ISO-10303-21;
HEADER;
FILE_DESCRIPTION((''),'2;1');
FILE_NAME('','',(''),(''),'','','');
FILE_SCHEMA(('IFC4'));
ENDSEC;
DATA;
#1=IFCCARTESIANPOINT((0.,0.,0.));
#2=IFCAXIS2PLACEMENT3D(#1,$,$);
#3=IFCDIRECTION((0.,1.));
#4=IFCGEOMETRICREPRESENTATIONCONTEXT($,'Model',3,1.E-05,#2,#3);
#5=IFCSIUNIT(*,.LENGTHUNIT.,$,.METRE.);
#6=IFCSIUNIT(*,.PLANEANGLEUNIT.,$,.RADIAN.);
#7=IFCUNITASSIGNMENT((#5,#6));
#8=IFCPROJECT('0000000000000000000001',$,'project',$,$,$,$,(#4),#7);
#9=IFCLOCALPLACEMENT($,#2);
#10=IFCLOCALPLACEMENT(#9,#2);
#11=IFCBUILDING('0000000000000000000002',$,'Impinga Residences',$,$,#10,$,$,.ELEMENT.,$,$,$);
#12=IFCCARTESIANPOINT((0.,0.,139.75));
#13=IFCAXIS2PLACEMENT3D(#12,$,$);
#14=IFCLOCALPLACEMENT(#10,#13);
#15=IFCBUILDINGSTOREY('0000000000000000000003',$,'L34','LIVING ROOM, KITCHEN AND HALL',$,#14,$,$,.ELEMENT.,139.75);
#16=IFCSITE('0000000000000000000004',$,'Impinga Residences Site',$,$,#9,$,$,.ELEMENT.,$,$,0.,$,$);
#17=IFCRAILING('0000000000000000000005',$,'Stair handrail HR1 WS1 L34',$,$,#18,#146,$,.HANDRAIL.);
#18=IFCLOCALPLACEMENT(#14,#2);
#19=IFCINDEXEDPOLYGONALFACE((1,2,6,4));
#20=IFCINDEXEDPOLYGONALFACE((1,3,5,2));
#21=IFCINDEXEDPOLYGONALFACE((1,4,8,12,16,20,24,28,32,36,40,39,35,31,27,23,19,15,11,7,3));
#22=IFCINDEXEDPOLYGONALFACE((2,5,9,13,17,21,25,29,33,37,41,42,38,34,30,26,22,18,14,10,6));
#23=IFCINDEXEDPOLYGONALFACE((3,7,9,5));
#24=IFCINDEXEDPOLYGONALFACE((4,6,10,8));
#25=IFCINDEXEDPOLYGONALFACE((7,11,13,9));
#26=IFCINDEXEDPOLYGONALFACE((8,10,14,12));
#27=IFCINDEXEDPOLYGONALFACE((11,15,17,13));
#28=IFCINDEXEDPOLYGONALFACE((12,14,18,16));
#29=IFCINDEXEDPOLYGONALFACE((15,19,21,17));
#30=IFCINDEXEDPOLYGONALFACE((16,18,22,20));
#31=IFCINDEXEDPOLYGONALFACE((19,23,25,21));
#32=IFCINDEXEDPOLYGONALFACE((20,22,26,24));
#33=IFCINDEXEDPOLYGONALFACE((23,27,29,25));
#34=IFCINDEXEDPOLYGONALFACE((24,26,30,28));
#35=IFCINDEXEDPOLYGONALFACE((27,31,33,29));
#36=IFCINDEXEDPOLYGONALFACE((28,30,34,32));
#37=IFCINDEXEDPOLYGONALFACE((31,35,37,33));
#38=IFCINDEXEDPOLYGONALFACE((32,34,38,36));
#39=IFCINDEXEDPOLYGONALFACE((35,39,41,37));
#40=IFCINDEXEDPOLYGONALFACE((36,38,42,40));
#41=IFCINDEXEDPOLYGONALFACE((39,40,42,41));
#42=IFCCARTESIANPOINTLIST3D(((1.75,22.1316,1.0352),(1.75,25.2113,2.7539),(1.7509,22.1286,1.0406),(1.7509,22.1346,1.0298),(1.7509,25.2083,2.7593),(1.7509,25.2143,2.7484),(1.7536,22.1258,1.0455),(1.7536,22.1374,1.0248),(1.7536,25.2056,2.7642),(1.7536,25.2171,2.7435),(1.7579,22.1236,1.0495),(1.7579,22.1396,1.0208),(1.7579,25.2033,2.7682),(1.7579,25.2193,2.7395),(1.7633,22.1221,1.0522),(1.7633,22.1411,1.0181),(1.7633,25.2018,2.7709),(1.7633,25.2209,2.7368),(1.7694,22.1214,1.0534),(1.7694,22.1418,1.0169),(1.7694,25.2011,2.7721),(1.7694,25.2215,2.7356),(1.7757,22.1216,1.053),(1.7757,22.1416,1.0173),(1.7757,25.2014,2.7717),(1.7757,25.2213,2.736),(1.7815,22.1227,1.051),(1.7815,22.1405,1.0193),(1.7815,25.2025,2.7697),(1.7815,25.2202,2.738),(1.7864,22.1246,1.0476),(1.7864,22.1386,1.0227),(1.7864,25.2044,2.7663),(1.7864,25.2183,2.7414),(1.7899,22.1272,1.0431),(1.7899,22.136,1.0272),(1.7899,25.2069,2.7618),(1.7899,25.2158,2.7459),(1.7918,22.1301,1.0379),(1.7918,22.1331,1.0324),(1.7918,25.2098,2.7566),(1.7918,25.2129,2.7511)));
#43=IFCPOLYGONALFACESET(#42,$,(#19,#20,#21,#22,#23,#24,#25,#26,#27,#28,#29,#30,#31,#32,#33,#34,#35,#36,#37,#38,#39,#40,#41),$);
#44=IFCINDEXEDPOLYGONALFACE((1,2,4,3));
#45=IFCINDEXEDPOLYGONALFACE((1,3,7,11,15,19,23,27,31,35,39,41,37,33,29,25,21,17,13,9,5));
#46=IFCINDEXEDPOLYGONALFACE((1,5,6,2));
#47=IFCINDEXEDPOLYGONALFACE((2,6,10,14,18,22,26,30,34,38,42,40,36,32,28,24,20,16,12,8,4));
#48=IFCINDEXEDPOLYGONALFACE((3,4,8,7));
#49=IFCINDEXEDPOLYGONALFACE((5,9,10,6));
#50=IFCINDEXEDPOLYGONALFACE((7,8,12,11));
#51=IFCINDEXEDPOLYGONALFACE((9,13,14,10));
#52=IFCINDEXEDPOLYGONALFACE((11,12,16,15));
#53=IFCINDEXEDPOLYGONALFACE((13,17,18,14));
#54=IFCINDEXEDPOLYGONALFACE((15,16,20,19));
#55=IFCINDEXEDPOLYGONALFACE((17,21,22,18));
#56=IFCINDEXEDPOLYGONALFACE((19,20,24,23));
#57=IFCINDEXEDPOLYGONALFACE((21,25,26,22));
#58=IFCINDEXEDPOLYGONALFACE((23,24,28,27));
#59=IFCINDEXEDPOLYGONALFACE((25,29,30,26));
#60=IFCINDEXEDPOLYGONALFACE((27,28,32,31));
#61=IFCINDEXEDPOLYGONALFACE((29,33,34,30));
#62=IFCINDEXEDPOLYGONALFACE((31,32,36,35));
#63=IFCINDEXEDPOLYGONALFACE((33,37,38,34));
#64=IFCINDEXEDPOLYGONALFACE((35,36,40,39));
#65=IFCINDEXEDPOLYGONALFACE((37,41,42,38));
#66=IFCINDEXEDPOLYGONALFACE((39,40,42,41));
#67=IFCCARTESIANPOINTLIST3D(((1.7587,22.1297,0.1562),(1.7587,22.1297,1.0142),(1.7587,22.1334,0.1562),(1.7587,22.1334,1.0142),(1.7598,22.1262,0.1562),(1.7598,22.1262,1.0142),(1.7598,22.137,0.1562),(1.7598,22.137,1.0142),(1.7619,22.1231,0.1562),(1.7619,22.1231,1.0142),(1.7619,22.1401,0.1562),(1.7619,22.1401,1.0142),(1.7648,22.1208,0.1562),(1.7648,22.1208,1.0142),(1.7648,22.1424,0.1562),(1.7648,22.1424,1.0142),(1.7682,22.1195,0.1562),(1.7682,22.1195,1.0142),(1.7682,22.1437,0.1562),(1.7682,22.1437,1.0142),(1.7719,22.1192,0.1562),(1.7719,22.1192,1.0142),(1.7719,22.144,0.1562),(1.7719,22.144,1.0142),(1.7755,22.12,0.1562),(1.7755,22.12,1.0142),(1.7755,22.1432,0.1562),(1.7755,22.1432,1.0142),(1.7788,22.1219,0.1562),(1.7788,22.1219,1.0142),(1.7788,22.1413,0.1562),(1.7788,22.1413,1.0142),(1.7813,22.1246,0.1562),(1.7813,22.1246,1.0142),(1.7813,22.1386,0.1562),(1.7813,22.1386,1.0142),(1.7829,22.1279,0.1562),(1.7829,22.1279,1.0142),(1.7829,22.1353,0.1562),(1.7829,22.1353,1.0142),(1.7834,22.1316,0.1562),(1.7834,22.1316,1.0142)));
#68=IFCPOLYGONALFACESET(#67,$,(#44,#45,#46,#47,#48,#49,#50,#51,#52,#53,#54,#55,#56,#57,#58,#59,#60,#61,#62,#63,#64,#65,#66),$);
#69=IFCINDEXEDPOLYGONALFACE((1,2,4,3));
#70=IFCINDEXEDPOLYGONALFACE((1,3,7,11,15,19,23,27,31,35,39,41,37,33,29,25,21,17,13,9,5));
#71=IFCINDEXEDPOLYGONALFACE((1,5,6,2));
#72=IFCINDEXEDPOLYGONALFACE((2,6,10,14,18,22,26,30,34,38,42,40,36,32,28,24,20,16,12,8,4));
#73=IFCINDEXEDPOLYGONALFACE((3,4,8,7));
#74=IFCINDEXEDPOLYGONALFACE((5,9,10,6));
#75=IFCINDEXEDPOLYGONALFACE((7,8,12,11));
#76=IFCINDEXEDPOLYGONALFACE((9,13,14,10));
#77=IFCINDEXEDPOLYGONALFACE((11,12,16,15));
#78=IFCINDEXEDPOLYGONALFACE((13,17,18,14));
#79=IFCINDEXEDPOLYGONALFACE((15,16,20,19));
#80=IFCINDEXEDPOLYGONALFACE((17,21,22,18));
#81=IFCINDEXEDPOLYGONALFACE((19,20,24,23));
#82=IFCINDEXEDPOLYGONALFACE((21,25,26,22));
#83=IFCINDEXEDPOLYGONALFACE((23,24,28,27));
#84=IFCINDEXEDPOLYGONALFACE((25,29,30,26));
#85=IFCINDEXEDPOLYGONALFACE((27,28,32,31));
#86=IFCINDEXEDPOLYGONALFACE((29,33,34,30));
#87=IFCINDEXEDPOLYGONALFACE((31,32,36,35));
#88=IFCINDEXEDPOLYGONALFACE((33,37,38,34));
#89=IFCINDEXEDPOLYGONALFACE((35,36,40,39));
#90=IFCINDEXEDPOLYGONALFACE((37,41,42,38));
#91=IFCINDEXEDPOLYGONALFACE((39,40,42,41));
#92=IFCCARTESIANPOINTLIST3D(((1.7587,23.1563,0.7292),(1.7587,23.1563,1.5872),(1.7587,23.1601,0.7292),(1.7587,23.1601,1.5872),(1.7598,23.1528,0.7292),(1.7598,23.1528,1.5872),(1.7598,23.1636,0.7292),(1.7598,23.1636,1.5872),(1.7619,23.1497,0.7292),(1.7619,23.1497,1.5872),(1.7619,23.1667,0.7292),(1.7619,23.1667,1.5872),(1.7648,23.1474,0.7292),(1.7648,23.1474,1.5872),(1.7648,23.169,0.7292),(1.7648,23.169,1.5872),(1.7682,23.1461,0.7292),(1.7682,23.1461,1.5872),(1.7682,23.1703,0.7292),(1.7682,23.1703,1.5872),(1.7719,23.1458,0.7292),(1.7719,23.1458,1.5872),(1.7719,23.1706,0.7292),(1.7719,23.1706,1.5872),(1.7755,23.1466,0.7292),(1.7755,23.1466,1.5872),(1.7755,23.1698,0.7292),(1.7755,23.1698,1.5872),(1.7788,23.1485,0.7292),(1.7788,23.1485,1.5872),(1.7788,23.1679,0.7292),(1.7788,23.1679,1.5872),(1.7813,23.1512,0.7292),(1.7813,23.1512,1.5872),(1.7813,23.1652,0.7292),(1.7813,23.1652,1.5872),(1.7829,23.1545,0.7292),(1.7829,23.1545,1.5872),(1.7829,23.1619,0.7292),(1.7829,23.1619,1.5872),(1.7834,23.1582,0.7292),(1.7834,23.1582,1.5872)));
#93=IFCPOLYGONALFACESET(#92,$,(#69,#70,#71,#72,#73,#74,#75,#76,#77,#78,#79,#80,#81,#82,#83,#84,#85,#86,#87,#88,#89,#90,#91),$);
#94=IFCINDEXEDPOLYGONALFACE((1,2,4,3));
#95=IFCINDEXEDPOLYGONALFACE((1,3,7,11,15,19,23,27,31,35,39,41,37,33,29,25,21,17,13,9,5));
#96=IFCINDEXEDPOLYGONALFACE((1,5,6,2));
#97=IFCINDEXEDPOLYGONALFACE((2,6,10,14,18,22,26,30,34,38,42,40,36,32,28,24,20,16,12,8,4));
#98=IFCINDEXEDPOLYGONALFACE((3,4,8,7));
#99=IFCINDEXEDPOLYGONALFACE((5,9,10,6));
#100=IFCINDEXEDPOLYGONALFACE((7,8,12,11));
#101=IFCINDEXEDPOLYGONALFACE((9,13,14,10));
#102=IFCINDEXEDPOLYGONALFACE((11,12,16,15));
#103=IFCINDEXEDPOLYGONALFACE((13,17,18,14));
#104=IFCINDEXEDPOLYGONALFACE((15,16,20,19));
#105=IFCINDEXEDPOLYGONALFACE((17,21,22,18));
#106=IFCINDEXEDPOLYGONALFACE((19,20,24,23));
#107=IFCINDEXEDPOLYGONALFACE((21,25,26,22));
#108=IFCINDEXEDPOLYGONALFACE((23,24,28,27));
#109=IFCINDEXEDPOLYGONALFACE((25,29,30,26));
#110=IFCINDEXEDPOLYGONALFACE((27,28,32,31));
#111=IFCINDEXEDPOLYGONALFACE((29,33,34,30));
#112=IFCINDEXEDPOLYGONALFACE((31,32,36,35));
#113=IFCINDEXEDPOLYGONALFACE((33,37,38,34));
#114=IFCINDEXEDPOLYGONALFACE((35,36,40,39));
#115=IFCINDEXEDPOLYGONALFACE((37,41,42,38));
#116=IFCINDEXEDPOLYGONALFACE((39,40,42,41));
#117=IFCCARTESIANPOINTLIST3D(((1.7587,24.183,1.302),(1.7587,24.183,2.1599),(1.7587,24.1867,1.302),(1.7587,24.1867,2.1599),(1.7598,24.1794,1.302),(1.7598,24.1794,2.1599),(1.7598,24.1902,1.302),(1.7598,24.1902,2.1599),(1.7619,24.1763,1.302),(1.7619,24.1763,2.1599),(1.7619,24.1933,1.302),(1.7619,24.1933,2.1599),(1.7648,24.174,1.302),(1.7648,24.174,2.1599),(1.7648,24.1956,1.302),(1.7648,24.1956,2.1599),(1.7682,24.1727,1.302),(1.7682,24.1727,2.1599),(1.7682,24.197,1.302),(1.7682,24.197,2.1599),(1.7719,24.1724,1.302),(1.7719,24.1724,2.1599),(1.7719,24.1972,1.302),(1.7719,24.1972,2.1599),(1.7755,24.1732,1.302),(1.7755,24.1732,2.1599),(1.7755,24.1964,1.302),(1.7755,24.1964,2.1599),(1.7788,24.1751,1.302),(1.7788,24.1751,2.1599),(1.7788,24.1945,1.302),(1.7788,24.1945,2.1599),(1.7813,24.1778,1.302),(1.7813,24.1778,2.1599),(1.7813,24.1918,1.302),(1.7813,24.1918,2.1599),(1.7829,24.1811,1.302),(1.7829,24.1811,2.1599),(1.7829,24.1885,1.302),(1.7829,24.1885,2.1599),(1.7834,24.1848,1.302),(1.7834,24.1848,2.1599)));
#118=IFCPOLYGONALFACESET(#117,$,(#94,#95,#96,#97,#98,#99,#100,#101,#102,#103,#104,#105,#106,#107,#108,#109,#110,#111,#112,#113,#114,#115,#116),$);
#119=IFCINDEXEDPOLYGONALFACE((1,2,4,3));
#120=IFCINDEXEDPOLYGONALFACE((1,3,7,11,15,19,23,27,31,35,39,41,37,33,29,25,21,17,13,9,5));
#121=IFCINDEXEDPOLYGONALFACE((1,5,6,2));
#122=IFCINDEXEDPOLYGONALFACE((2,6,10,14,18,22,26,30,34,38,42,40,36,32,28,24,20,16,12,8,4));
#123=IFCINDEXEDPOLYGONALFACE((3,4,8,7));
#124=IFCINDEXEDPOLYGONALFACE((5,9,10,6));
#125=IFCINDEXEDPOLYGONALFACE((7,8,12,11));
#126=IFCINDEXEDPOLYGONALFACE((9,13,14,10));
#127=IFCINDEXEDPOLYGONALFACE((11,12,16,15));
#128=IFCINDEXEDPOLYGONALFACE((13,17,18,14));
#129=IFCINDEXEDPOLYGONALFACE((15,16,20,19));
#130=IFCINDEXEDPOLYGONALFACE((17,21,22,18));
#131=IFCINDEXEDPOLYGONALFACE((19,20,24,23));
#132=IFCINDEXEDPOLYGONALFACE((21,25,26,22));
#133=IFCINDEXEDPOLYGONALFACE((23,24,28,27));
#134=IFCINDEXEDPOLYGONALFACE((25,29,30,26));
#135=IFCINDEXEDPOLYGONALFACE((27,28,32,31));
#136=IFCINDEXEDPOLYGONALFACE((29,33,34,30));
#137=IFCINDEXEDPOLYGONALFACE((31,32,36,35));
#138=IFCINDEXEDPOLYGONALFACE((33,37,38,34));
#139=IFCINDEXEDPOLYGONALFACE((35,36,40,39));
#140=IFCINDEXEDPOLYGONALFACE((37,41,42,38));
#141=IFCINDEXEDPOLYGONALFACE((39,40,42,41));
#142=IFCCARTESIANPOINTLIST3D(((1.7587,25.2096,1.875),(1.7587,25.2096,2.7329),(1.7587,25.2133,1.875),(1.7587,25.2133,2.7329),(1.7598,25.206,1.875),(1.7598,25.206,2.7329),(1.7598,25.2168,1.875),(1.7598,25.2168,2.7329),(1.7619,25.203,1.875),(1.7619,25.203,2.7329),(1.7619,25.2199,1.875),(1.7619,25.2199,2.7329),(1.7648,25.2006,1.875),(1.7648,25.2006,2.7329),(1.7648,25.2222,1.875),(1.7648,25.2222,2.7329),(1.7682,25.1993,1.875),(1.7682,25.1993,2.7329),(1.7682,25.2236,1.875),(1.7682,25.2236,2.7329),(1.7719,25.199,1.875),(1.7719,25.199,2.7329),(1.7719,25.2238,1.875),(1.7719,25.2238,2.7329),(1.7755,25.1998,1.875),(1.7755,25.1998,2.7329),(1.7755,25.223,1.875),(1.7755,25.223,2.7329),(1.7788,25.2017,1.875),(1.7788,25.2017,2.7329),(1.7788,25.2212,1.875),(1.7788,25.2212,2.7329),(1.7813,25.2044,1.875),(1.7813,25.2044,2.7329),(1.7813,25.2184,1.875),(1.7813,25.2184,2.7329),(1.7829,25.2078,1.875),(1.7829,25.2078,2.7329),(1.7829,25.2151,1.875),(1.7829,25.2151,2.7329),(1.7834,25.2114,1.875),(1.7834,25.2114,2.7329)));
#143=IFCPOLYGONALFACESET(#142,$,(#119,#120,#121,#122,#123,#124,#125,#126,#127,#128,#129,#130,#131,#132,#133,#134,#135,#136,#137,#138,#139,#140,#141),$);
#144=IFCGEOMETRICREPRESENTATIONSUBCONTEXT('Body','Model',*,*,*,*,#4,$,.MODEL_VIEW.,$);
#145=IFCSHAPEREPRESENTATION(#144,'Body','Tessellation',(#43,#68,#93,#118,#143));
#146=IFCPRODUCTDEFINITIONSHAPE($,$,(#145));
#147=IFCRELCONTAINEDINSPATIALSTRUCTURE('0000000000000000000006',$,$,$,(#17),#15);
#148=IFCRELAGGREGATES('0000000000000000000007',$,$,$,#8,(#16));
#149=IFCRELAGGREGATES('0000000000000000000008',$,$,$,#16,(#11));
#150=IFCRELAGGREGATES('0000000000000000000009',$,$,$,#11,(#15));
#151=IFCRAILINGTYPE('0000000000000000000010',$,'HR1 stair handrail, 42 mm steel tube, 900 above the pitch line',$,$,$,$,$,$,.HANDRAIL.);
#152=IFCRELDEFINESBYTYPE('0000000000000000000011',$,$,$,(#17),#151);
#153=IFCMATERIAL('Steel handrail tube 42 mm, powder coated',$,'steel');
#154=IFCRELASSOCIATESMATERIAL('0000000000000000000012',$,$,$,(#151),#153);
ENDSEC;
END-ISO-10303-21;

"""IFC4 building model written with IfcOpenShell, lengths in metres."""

from ifc_helpers import new_model, si_unit, direction, frame, origin, origin_2d, place, context, subcontext, project, spatial, circle, extrude, material, type_object, element, save


model = new_model("IFC4")

# Units and contexts
model_context = context("Model", 3, precision=1e-05, world=origin(), true_north=direction((0.0, 1.0)))
body_context = subcontext(model_context, "Body", "Model", "MODEL_VIEW")
ifc_project = project(units=[si_unit("LENGTHUNIT", "METRE"), si_unit("PLANEANGLEUNIT", "RADIAN")], contexts=[model_context])

# Site, building, storey
site_placement = place(None, origin())
site = spatial("IfcSite", under=ifc_project, at=site_placement, Name="Impinga Residences Site", CompositionType="ELEMENT", RefElevation=0.0)
building_placement = place(site_placement, origin())
building = spatial("IfcBuilding", under=site, at=building_placement, Name="Impinga Residences", CompositionType="ELEMENT")
storey_placement = place(building_placement, frame((0.0, 0.0, 139.75)))
storey = spatial("IfcBuildingStorey", under=building, at=storey_placement, Name="L34", Description="LIVING ROOM, KITCHEN AND HALL", CompositionType="ELEMENT", Elevation=139.75)

# Railing
ifc_material_1 = material(Name="Steel handrail tube 42 mm, powder coated", Category="steel")
railing_type = type_object("IfcRailingType", Name="HR1 stair handrail, 42 mm steel tube, 900 above the pitch line", PredefinedType="HANDRAIL", material=ifc_material_1)
railing_placement = place(storey_placement, frame((1.771, 22.1316, 0.1562)))
element("IfcRailing", 1, at=railing_placement, inside=storey, type_object=railing_type, Name="Stair handrail HR1 WS1 L34", PredefinedType="HANDRAIL", context=body_context, shape_type="SweptSolid", body=[
    extrude(circle(Radius=0.021, at=origin_2d()), frame((0.0, 0.0, 0.8789), z_axis=(0.0, 0.873225, 0.487317), x_axis=(-1.0, 0.0, 0.0)), (0.0, 0.0, 1.0), 3.5269),
    extrude(circle(Radius=0.0125, at=origin_2d()), origin(), (0.0, 0.0, 1.0), 0.8579),
    extrude(circle(Radius=0.0125, at=origin_2d()), frame((0.0, 1.0266, 0.573)), (0.0, 0.0, 1.0), 0.8579),
    extrude(circle(Radius=0.0125, at=origin_2d()), frame((0.0, 2.0532, 1.1458)), (0.0, 0.0, 1.0), 0.8579),
    extrude(circle(Radius=0.0125, at=origin_2d()), frame((0.0, 3.0798, 1.7188)), (0.0, 0.0, 1.0), 0.8579),
])

save(model, "model.ifc")
